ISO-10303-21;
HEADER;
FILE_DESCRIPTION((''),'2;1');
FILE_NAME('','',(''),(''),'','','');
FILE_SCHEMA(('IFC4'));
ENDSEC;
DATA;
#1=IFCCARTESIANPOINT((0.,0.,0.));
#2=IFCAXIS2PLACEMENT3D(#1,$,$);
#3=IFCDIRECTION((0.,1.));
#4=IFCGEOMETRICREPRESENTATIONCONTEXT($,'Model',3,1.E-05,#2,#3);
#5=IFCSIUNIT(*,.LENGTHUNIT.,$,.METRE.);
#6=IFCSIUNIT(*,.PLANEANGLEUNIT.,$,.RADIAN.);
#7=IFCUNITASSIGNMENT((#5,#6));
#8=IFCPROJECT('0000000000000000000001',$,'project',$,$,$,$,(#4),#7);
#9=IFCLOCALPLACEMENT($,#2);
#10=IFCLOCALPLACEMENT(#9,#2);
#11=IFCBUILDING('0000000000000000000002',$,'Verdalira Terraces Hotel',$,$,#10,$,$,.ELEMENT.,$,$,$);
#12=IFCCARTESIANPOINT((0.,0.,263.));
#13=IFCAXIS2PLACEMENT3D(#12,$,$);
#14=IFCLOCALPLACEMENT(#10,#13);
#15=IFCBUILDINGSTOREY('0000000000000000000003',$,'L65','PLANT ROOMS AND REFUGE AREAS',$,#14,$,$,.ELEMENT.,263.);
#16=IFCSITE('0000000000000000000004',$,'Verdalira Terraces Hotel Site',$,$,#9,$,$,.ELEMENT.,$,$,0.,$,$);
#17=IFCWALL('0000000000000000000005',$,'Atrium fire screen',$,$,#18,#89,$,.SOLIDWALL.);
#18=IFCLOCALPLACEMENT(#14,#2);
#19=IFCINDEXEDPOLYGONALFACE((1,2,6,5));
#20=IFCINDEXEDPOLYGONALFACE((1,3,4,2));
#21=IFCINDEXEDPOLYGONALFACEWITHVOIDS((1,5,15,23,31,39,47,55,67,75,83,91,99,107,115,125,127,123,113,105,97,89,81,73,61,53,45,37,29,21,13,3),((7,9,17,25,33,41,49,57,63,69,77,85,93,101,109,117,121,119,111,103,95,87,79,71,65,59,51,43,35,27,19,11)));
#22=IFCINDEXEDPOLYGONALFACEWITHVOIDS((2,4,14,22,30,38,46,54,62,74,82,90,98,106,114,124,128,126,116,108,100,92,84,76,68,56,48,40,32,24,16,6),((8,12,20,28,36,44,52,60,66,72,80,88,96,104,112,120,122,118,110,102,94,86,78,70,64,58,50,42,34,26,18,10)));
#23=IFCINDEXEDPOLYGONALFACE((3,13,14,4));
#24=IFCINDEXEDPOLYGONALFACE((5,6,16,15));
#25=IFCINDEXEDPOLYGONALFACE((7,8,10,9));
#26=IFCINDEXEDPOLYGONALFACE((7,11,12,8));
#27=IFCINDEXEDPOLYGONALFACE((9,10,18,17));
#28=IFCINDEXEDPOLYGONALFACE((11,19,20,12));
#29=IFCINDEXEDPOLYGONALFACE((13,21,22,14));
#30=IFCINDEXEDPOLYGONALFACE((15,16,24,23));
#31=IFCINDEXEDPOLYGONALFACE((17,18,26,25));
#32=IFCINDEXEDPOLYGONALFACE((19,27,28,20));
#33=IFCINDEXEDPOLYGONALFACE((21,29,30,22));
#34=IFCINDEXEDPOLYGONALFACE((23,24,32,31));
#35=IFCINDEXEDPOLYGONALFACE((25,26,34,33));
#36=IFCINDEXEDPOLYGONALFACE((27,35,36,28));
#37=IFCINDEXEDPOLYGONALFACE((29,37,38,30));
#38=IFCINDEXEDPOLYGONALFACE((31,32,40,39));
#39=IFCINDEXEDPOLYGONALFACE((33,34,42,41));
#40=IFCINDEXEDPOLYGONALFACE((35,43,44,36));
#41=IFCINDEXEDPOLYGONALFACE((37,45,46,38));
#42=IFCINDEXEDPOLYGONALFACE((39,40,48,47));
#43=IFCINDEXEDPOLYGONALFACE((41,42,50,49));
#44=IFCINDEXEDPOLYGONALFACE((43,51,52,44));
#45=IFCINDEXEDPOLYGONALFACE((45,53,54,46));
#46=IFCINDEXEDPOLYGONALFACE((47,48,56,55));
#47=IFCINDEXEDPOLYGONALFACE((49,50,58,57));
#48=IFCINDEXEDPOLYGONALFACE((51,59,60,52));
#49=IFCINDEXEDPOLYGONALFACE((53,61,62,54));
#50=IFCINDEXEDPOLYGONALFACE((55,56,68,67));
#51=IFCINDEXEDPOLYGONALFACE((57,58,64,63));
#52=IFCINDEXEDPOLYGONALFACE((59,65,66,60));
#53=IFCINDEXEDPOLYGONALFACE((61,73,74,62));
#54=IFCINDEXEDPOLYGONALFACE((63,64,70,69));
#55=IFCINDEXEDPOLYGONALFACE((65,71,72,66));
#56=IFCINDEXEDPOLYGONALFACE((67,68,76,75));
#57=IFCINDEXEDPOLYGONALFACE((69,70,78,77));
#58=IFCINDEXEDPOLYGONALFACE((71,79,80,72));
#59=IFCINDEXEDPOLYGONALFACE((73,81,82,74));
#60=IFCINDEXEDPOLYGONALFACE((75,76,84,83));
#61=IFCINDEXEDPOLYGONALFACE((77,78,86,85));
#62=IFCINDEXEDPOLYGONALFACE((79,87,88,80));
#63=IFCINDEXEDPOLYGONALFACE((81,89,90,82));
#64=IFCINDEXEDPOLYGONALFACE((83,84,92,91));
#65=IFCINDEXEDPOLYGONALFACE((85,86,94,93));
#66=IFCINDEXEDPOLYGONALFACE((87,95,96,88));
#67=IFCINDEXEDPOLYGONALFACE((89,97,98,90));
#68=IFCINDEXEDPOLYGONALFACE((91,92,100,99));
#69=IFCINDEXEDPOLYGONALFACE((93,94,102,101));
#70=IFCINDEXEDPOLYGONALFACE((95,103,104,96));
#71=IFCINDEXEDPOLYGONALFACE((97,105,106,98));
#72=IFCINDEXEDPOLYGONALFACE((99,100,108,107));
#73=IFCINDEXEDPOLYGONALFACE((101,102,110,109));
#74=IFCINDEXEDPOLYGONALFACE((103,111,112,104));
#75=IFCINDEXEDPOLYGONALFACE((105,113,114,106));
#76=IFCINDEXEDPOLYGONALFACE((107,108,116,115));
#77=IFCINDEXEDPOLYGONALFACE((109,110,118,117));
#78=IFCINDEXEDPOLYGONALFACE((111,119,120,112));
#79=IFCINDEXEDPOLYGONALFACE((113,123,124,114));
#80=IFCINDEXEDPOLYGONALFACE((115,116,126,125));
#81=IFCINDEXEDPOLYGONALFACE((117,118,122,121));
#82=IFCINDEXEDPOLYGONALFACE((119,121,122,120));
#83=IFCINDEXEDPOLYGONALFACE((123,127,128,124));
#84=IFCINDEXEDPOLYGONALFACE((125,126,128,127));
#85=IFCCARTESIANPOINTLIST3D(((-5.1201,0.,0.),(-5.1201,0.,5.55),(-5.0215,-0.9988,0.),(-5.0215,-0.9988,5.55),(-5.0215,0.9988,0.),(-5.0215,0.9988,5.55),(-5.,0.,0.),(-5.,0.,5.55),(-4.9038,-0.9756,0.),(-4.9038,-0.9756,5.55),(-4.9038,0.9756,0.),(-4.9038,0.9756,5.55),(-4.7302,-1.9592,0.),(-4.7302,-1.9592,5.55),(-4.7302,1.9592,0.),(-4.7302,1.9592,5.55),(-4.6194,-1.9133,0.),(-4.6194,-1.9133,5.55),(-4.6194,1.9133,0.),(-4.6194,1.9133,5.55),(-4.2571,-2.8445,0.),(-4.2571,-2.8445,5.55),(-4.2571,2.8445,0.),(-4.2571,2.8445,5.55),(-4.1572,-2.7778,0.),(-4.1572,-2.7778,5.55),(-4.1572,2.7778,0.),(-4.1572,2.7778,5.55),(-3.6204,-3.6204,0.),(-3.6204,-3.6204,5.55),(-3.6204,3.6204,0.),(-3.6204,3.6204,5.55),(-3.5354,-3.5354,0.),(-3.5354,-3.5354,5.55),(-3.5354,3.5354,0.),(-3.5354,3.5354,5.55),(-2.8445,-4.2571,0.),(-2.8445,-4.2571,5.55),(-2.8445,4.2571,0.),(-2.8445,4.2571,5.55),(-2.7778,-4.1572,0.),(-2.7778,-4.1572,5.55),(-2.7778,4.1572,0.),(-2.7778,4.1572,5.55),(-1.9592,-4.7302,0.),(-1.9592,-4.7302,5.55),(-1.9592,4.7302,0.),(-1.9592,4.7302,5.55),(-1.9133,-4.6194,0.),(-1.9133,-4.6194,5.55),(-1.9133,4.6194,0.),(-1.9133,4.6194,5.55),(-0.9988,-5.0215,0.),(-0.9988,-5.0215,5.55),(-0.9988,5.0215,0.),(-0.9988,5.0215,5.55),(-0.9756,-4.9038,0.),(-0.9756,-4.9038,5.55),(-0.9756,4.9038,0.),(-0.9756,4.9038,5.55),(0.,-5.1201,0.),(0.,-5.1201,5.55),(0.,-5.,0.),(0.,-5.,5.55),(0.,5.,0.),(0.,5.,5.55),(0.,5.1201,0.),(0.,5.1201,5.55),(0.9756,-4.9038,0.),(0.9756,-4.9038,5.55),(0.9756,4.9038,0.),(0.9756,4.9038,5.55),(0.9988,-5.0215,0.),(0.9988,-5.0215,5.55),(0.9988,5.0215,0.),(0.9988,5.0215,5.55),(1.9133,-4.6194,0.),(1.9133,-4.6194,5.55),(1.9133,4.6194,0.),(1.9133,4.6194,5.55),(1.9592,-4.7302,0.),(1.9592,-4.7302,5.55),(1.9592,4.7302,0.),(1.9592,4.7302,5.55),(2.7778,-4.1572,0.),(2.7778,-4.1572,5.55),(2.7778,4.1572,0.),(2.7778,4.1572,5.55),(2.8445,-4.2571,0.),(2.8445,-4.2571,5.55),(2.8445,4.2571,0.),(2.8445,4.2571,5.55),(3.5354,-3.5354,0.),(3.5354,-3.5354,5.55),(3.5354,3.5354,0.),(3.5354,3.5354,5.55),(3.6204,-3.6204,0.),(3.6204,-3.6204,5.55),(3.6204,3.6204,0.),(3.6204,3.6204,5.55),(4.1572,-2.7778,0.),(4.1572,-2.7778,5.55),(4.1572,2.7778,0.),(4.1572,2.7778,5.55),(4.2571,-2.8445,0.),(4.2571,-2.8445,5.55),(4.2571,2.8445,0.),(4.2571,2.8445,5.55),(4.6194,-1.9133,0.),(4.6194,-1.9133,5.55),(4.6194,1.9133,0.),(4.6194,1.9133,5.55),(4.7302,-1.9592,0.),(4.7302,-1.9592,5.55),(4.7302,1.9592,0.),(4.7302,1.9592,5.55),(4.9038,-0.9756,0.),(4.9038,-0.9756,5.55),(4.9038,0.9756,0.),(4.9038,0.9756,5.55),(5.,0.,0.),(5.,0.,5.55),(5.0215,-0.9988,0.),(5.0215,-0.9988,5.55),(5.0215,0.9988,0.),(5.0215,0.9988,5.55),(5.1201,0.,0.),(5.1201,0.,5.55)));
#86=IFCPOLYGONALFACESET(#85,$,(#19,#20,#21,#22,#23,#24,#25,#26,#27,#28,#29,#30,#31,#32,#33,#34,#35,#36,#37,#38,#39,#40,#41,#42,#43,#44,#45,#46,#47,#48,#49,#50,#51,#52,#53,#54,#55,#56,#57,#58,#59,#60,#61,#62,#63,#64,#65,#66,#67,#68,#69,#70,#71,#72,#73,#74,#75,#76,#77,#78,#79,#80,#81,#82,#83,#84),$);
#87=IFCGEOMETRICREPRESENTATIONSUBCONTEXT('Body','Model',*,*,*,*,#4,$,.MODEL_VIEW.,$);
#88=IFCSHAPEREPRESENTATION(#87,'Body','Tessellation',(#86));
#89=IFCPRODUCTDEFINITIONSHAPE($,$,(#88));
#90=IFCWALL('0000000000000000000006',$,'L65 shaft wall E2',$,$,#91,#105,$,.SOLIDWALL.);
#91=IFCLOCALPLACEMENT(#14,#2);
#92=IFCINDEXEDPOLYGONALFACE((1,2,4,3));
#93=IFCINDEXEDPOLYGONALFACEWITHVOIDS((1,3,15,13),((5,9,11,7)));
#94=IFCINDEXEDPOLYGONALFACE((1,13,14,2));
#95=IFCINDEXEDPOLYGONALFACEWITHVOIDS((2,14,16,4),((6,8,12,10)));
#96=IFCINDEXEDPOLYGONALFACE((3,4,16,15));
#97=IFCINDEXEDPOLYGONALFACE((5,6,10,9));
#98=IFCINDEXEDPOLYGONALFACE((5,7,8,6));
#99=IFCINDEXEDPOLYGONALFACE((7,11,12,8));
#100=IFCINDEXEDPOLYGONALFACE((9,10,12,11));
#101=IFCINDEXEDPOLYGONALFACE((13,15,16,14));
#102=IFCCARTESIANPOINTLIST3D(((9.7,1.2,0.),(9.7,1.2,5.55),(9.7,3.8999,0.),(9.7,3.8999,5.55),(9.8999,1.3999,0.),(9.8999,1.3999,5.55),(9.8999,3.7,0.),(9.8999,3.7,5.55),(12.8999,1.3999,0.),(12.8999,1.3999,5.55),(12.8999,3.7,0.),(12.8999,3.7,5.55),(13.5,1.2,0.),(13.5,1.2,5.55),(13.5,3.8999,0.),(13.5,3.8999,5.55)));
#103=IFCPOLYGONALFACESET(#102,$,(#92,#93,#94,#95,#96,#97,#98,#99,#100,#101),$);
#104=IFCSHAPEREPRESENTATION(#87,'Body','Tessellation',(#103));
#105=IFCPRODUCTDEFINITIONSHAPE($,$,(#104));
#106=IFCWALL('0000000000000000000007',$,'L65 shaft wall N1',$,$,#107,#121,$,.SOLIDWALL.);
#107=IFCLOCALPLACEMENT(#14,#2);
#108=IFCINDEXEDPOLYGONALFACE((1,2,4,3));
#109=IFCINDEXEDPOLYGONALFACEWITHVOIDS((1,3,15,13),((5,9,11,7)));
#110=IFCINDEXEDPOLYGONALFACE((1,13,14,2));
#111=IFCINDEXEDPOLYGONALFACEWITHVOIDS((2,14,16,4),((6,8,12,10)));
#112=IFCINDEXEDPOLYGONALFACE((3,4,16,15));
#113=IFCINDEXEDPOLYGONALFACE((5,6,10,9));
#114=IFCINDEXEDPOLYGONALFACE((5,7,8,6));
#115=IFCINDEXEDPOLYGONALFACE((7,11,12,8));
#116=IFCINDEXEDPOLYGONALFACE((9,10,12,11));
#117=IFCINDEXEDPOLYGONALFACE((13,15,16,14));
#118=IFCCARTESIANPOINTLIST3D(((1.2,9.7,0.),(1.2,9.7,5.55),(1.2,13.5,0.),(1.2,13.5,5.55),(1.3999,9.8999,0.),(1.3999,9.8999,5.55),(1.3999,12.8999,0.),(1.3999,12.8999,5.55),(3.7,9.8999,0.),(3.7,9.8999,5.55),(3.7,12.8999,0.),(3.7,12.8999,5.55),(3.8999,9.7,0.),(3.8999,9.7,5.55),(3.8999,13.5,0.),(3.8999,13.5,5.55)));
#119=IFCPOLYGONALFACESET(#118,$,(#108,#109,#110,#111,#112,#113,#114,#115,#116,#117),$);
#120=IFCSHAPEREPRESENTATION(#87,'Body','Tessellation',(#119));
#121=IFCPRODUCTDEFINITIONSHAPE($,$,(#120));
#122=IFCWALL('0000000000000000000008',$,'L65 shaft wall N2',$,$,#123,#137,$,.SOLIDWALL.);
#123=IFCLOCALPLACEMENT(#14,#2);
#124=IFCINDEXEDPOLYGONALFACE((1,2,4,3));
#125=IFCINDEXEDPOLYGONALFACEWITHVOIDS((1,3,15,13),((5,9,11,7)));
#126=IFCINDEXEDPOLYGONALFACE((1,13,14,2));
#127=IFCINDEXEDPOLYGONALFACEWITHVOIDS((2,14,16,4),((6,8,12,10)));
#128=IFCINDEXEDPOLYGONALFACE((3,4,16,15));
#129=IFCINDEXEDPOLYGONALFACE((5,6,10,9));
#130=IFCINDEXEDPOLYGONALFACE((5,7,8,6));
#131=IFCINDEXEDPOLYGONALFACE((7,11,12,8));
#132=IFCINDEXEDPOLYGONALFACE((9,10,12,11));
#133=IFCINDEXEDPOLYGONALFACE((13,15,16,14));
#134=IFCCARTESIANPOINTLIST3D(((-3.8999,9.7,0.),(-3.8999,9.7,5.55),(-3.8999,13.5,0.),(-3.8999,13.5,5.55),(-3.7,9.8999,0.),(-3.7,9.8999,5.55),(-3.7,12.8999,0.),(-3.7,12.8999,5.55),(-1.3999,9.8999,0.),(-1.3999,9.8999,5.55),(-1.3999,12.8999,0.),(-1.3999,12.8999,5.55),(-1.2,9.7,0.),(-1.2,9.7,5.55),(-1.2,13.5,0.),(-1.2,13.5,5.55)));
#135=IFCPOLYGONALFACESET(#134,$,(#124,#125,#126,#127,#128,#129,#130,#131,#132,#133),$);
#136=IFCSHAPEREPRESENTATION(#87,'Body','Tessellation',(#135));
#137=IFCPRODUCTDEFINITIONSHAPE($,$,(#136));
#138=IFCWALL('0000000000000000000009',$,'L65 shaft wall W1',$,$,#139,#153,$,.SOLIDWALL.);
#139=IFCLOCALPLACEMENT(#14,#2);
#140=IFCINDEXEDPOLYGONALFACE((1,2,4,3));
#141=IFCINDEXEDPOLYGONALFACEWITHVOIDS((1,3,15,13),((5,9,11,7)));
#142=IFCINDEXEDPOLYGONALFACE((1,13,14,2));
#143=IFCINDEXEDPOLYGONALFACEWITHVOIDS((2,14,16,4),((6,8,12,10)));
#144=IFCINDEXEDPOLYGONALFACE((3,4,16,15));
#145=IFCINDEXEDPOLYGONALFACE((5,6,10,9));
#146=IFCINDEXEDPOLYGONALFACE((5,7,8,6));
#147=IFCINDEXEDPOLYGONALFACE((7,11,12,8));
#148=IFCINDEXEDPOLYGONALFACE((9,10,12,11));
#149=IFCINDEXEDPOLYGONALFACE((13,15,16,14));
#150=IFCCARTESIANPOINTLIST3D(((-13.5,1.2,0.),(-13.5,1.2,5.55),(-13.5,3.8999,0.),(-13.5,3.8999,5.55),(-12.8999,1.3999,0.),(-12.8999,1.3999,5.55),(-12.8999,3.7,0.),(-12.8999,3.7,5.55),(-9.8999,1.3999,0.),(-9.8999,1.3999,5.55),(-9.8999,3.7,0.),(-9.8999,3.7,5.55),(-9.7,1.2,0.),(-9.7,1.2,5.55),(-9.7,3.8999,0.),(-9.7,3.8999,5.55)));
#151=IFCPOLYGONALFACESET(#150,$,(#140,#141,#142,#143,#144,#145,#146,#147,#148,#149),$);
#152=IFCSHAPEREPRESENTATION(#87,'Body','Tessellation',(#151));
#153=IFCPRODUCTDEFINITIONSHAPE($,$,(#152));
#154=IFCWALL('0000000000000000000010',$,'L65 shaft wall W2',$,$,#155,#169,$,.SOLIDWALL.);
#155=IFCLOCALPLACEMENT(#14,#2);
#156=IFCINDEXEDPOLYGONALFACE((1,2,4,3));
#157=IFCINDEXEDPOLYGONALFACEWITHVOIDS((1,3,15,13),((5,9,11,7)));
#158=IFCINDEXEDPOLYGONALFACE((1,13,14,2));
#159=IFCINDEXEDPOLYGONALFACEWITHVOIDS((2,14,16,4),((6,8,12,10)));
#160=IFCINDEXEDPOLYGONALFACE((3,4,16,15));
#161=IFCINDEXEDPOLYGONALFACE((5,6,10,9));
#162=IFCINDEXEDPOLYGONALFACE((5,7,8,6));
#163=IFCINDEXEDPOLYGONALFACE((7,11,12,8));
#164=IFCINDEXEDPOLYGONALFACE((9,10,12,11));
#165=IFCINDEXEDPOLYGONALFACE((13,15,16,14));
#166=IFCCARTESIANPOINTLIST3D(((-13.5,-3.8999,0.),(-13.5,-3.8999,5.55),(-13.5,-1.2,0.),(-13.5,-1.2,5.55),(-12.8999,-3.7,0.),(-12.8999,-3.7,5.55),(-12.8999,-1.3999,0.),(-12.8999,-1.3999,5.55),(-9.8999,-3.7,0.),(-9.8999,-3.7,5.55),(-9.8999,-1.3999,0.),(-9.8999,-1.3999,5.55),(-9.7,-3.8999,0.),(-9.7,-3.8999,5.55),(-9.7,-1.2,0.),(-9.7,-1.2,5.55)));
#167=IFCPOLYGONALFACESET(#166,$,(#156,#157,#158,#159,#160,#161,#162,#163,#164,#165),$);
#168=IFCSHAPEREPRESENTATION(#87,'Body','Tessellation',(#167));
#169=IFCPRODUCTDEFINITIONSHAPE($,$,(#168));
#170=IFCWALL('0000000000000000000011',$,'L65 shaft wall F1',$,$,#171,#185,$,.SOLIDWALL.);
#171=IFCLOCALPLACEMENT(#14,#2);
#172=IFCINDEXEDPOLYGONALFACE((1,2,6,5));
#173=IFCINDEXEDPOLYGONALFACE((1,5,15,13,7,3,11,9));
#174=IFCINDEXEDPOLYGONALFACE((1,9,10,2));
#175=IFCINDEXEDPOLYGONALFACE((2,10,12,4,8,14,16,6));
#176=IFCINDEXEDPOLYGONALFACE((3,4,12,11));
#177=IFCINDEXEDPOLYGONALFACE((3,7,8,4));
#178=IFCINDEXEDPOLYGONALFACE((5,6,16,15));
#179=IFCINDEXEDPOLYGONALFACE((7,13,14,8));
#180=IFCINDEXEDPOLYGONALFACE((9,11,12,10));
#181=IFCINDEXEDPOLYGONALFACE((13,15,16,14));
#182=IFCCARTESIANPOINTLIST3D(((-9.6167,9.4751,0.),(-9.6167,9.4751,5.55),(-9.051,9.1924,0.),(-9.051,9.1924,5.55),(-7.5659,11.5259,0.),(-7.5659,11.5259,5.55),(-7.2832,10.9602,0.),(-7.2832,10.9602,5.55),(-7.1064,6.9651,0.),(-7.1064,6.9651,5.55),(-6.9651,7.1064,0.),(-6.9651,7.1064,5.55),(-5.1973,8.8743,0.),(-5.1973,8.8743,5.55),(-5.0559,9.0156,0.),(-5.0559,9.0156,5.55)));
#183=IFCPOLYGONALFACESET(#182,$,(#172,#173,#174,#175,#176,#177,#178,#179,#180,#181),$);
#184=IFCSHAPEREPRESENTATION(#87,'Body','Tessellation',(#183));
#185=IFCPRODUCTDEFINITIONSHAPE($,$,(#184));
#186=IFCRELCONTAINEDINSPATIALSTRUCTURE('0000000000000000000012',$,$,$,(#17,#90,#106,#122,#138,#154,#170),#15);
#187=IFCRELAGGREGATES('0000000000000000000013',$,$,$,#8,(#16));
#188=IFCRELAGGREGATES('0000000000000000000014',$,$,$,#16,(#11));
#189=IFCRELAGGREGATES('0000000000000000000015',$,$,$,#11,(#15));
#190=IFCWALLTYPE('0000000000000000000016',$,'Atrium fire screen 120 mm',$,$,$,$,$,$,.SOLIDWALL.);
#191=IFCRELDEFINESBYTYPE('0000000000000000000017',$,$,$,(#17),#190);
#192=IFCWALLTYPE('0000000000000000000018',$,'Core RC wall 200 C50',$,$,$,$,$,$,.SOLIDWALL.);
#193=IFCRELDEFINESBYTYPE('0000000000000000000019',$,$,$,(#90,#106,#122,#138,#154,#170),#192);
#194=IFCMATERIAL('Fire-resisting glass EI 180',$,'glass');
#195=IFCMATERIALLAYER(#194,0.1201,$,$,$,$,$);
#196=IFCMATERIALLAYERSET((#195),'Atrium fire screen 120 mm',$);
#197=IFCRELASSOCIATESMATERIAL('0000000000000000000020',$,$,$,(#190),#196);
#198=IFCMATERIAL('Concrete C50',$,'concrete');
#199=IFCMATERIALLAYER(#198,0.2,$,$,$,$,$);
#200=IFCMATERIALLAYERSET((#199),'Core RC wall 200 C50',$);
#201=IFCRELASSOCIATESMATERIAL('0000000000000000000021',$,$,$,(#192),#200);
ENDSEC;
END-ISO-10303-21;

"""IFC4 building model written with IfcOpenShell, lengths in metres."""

from ifc_helpers import new_model, si_unit, direction, frame, origin, place, context, subcontext, project, spatial, polyline, outline, extrude, material, layer, layer_set, type_object, element, save


model = new_model("IFC4")

# Units and contexts
model_context = context("Model", 3, precision=1e-05, world=origin(), true_north=direction((0.0, 1.0)))
body_context = subcontext(model_context, "Body", "Model", "MODEL_VIEW")
ifc_project = project(units=[si_unit("LENGTHUNIT", "METRE"), si_unit("PLANEANGLEUNIT", "RADIAN")], contexts=[model_context])

# Site, building, storey
site_placement = place(None, origin())
site = spatial("IfcSite", under=ifc_project, at=site_placement, Name="Verdalira Terraces Hotel Site", CompositionType="ELEMENT", RefElevation=0.0)
building_placement = place(site_placement, origin())
building = spatial("IfcBuilding", under=site, at=building_placement, Name="Verdalira Terraces Hotel", CompositionType="ELEMENT")
storey_placement = place(building_placement, frame((0.0, 0.0, 263.0)))
storey = spatial("IfcBuildingStorey", under=building, at=storey_placement, Name="L65", Description="PLANT ROOMS AND REFUGE AREAS", CompositionType="ELEMENT", Elevation=263.0)

# Walls
ifc_material_1 = material(Name="Fire-resisting glass EI 180", Category="glass")
ifc_layer_1 = layer(ifc_material_1, 0.1201)
ifc_layer_set_1 = layer_set([ifc_layer_1], Name="Atrium fire screen 120 mm")
wall_type_1 = type_object("IfcWallType", Name="Atrium fire screen 120 mm", PredefinedType="SOLIDWALL", material=ifc_layer_set_1)
wall_1_placement = place(storey_placement, origin())
element("IfcWall", 1, at=wall_1_placement, inside=storey, type_object=wall_type_1, Name="Atrium fire screen", PredefinedType="SOLIDWALL", context=body_context, shape_type="SweptSolid", body=[
    extrude(outline(polyline([(5.0215, -0.9988), (4.7302, -1.9592), (4.2571, -2.8445), (3.6204, -3.6204), (2.8445, -4.2571), (1.9592, -4.7302), (0.9988, -5.0215), (0.0, -5.1201), (-0.9988, -5.0215), (-1.9592, -4.7302), (-2.8445, -4.2571), (-3.6204, -3.6204), (-4.2571, -2.8445), (-4.7302, -1.9592), (-5.0215, -0.9988), (-5.1201, 0.0), (-5.0215, 0.9988), (-4.7302, 1.9592), (-4.2571, 2.8445), (-3.6204, 3.6204), (-2.8445, 4.2571), (-1.9592, 4.7302), (-0.9988, 5.0215), (0.0, 5.1201), (0.9988, 5.0215), (1.9592, 4.7302), (2.8445, 4.2571), (3.6204, 3.6204), (4.2571, 2.8445), (4.7302, 1.9592), (5.0215, 0.9988), (5.1201, 0.0), (5.0215, -0.9988)]), holes=[polyline([(4.9038, 0.9756), (4.6194, 1.9133), (4.1572, 2.7778), (3.5354, 3.5354), (2.7778, 4.1572), (1.9133, 4.6194), (0.9756, 4.9038), (0.0, 5.0), (-0.9756, 4.9038), (-1.9133, 4.6194), (-2.7778, 4.1572), (-3.5354, 3.5354), (-4.1572, 2.7778), (-4.6194, 1.9133), (-4.9038, 0.9756), (-5.0, 0.0), (-4.9038, -0.9756), (-4.6194, -1.9133), (-4.1572, -2.7778), (-3.5354, -3.5354), (-2.7778, -4.1572), (-1.9133, -4.6194), (-0.9756, -4.9038), (0.0, -5.0), (0.9756, -4.9038), (1.9133, -4.6194), (2.7778, -4.1572), (3.5354, -3.5354), (4.1572, -2.7778), (4.6194, -1.9133), (4.9038, -0.9756), (5.0, 0.0), (4.9038, 0.9756)])]), origin(), (0.0, 0.0, 1.0), 5.55),
])
ifc_material_2 = material(Name="Concrete C50", Category="concrete")
ifc_layer_2 = layer(ifc_material_2, 0.2)
ifc_layer_set_2 = layer_set([ifc_layer_2], Name="Core RC wall 200 C50")
wall_type_2 = type_object("IfcWallType", Name="Core RC wall 200 C50", PredefinedType="SOLIDWALL", material=ifc_layer_set_2)
wall_2_placement = place(storey_placement, origin())
element("IfcWall", 2, at=wall_2_placement, inside=storey, type_object=wall_type_2, Name="L65 shaft wall E2", PredefinedType="SOLIDWALL", context=body_context, shape_type="SweptSolid", body=[
    extrude(outline(polyline([(9.7, 3.8999), (13.5, 3.8999), (13.5, 1.2), (9.7, 1.2), (9.7, 3.8999)]), holes=[polyline([(12.8999, 1.3999), (12.8999, 3.7), (9.8999, 3.7), (9.8999, 1.3999), (12.8999, 1.3999)])]), origin(), (0.0, 0.0, 1.0), 5.55),
])
wall_3_placement = place(storey_placement, origin())
element("IfcWall", 3, at=wall_3_placement, inside=storey, type_object=wall_type_2, Name="L65 shaft wall N1", PredefinedType="SOLIDWALL", context=body_context, shape_type="SweptSolid", body=[
    extrude(outline(polyline([(1.2, 13.5), (3.8999, 13.5), (3.8999, 9.7), (1.2, 9.7), (1.2, 13.5)]), holes=[polyline([(3.7, 9.8999), (3.7, 12.8999), (1.3999, 12.8999), (1.3999, 9.8999), (3.7, 9.8999)])]), origin(), (0.0, 0.0, 1.0), 5.55),
])
wall_4_placement = place(storey_placement, origin())
element("IfcWall", 4, at=wall_4_placement, inside=storey, type_object=wall_type_2, Name="L65 shaft wall N2", PredefinedType="SOLIDWALL", context=body_context, shape_type="SweptSolid", body=[
    extrude(outline(polyline([(-3.8999, 9.7), (-3.8999, 13.5), (-1.2, 13.5), (-1.2, 9.7), (-3.8999, 9.7)]), holes=[polyline([(-1.3999, 12.8999), (-3.7, 12.8999), (-3.7, 9.8999), (-1.3999, 9.8999), (-1.3999, 12.8999)])]), origin(), (0.0, 0.0, 1.0), 5.55),
])
wall_5_placement = place(storey_placement, origin())
element("IfcWall", 5, at=wall_5_placement, inside=storey, type_object=wall_type_2, Name="L65 shaft wall W1", PredefinedType="SOLIDWALL", context=body_context, shape_type="SweptSolid", body=[
    extrude(outline(polyline([(-13.5, 1.2), (-13.5, 3.8999), (-9.7, 3.8999), (-9.7, 1.2), (-13.5, 1.2)]), holes=[polyline([(-9.8999, 3.7), (-12.8999, 3.7), (-12.8999, 1.3999), (-9.8999, 1.3999), (-9.8999, 3.7)])]), origin(), (0.0, 0.0, 1.0), 5.55),
])
wall_6_placement = place(storey_placement, origin())
element("IfcWall", 6, at=wall_6_placement, inside=storey, type_object=wall_type_2, Name="L65 shaft wall W2", PredefinedType="SOLIDWALL", context=body_context, shape_type="SweptSolid", body=[
    extrude(outline(polyline([(-9.7, -3.8999), (-13.5, -3.8999), (-13.5, -1.2), (-9.7, -1.2), (-9.7, -3.8999)]), holes=[polyline([(-12.8999, -1.3999), (-12.8999, -3.7), (-9.8999, -3.7), (-9.8999, -1.3999), (-12.8999, -1.3999)])]), origin(), (0.0, 0.0, 1.0), 5.55),
])
wall_7_placement = place(storey_placement, origin())
element("IfcWall", 7, at=wall_7_placement, inside=storey, type_object=wall_type_2, Name="L65 shaft wall F1", PredefinedType="SOLIDWALL", context=body_context, shape_type="SweptSolid", body=[
    extrude(outline(polyline([(-9.6167, 9.4751), (-7.5659, 11.5259), (-5.0559, 9.0156), (-5.1973, 8.8743), (-7.2832, 10.9602), (-9.051, 9.1924), (-6.9651, 7.1064), (-7.1064, 6.9651), (-9.6167, 9.4751)])), origin(), (0.0, 0.0, 1.0), 5.55),
])

save(model, "model.ifc")
